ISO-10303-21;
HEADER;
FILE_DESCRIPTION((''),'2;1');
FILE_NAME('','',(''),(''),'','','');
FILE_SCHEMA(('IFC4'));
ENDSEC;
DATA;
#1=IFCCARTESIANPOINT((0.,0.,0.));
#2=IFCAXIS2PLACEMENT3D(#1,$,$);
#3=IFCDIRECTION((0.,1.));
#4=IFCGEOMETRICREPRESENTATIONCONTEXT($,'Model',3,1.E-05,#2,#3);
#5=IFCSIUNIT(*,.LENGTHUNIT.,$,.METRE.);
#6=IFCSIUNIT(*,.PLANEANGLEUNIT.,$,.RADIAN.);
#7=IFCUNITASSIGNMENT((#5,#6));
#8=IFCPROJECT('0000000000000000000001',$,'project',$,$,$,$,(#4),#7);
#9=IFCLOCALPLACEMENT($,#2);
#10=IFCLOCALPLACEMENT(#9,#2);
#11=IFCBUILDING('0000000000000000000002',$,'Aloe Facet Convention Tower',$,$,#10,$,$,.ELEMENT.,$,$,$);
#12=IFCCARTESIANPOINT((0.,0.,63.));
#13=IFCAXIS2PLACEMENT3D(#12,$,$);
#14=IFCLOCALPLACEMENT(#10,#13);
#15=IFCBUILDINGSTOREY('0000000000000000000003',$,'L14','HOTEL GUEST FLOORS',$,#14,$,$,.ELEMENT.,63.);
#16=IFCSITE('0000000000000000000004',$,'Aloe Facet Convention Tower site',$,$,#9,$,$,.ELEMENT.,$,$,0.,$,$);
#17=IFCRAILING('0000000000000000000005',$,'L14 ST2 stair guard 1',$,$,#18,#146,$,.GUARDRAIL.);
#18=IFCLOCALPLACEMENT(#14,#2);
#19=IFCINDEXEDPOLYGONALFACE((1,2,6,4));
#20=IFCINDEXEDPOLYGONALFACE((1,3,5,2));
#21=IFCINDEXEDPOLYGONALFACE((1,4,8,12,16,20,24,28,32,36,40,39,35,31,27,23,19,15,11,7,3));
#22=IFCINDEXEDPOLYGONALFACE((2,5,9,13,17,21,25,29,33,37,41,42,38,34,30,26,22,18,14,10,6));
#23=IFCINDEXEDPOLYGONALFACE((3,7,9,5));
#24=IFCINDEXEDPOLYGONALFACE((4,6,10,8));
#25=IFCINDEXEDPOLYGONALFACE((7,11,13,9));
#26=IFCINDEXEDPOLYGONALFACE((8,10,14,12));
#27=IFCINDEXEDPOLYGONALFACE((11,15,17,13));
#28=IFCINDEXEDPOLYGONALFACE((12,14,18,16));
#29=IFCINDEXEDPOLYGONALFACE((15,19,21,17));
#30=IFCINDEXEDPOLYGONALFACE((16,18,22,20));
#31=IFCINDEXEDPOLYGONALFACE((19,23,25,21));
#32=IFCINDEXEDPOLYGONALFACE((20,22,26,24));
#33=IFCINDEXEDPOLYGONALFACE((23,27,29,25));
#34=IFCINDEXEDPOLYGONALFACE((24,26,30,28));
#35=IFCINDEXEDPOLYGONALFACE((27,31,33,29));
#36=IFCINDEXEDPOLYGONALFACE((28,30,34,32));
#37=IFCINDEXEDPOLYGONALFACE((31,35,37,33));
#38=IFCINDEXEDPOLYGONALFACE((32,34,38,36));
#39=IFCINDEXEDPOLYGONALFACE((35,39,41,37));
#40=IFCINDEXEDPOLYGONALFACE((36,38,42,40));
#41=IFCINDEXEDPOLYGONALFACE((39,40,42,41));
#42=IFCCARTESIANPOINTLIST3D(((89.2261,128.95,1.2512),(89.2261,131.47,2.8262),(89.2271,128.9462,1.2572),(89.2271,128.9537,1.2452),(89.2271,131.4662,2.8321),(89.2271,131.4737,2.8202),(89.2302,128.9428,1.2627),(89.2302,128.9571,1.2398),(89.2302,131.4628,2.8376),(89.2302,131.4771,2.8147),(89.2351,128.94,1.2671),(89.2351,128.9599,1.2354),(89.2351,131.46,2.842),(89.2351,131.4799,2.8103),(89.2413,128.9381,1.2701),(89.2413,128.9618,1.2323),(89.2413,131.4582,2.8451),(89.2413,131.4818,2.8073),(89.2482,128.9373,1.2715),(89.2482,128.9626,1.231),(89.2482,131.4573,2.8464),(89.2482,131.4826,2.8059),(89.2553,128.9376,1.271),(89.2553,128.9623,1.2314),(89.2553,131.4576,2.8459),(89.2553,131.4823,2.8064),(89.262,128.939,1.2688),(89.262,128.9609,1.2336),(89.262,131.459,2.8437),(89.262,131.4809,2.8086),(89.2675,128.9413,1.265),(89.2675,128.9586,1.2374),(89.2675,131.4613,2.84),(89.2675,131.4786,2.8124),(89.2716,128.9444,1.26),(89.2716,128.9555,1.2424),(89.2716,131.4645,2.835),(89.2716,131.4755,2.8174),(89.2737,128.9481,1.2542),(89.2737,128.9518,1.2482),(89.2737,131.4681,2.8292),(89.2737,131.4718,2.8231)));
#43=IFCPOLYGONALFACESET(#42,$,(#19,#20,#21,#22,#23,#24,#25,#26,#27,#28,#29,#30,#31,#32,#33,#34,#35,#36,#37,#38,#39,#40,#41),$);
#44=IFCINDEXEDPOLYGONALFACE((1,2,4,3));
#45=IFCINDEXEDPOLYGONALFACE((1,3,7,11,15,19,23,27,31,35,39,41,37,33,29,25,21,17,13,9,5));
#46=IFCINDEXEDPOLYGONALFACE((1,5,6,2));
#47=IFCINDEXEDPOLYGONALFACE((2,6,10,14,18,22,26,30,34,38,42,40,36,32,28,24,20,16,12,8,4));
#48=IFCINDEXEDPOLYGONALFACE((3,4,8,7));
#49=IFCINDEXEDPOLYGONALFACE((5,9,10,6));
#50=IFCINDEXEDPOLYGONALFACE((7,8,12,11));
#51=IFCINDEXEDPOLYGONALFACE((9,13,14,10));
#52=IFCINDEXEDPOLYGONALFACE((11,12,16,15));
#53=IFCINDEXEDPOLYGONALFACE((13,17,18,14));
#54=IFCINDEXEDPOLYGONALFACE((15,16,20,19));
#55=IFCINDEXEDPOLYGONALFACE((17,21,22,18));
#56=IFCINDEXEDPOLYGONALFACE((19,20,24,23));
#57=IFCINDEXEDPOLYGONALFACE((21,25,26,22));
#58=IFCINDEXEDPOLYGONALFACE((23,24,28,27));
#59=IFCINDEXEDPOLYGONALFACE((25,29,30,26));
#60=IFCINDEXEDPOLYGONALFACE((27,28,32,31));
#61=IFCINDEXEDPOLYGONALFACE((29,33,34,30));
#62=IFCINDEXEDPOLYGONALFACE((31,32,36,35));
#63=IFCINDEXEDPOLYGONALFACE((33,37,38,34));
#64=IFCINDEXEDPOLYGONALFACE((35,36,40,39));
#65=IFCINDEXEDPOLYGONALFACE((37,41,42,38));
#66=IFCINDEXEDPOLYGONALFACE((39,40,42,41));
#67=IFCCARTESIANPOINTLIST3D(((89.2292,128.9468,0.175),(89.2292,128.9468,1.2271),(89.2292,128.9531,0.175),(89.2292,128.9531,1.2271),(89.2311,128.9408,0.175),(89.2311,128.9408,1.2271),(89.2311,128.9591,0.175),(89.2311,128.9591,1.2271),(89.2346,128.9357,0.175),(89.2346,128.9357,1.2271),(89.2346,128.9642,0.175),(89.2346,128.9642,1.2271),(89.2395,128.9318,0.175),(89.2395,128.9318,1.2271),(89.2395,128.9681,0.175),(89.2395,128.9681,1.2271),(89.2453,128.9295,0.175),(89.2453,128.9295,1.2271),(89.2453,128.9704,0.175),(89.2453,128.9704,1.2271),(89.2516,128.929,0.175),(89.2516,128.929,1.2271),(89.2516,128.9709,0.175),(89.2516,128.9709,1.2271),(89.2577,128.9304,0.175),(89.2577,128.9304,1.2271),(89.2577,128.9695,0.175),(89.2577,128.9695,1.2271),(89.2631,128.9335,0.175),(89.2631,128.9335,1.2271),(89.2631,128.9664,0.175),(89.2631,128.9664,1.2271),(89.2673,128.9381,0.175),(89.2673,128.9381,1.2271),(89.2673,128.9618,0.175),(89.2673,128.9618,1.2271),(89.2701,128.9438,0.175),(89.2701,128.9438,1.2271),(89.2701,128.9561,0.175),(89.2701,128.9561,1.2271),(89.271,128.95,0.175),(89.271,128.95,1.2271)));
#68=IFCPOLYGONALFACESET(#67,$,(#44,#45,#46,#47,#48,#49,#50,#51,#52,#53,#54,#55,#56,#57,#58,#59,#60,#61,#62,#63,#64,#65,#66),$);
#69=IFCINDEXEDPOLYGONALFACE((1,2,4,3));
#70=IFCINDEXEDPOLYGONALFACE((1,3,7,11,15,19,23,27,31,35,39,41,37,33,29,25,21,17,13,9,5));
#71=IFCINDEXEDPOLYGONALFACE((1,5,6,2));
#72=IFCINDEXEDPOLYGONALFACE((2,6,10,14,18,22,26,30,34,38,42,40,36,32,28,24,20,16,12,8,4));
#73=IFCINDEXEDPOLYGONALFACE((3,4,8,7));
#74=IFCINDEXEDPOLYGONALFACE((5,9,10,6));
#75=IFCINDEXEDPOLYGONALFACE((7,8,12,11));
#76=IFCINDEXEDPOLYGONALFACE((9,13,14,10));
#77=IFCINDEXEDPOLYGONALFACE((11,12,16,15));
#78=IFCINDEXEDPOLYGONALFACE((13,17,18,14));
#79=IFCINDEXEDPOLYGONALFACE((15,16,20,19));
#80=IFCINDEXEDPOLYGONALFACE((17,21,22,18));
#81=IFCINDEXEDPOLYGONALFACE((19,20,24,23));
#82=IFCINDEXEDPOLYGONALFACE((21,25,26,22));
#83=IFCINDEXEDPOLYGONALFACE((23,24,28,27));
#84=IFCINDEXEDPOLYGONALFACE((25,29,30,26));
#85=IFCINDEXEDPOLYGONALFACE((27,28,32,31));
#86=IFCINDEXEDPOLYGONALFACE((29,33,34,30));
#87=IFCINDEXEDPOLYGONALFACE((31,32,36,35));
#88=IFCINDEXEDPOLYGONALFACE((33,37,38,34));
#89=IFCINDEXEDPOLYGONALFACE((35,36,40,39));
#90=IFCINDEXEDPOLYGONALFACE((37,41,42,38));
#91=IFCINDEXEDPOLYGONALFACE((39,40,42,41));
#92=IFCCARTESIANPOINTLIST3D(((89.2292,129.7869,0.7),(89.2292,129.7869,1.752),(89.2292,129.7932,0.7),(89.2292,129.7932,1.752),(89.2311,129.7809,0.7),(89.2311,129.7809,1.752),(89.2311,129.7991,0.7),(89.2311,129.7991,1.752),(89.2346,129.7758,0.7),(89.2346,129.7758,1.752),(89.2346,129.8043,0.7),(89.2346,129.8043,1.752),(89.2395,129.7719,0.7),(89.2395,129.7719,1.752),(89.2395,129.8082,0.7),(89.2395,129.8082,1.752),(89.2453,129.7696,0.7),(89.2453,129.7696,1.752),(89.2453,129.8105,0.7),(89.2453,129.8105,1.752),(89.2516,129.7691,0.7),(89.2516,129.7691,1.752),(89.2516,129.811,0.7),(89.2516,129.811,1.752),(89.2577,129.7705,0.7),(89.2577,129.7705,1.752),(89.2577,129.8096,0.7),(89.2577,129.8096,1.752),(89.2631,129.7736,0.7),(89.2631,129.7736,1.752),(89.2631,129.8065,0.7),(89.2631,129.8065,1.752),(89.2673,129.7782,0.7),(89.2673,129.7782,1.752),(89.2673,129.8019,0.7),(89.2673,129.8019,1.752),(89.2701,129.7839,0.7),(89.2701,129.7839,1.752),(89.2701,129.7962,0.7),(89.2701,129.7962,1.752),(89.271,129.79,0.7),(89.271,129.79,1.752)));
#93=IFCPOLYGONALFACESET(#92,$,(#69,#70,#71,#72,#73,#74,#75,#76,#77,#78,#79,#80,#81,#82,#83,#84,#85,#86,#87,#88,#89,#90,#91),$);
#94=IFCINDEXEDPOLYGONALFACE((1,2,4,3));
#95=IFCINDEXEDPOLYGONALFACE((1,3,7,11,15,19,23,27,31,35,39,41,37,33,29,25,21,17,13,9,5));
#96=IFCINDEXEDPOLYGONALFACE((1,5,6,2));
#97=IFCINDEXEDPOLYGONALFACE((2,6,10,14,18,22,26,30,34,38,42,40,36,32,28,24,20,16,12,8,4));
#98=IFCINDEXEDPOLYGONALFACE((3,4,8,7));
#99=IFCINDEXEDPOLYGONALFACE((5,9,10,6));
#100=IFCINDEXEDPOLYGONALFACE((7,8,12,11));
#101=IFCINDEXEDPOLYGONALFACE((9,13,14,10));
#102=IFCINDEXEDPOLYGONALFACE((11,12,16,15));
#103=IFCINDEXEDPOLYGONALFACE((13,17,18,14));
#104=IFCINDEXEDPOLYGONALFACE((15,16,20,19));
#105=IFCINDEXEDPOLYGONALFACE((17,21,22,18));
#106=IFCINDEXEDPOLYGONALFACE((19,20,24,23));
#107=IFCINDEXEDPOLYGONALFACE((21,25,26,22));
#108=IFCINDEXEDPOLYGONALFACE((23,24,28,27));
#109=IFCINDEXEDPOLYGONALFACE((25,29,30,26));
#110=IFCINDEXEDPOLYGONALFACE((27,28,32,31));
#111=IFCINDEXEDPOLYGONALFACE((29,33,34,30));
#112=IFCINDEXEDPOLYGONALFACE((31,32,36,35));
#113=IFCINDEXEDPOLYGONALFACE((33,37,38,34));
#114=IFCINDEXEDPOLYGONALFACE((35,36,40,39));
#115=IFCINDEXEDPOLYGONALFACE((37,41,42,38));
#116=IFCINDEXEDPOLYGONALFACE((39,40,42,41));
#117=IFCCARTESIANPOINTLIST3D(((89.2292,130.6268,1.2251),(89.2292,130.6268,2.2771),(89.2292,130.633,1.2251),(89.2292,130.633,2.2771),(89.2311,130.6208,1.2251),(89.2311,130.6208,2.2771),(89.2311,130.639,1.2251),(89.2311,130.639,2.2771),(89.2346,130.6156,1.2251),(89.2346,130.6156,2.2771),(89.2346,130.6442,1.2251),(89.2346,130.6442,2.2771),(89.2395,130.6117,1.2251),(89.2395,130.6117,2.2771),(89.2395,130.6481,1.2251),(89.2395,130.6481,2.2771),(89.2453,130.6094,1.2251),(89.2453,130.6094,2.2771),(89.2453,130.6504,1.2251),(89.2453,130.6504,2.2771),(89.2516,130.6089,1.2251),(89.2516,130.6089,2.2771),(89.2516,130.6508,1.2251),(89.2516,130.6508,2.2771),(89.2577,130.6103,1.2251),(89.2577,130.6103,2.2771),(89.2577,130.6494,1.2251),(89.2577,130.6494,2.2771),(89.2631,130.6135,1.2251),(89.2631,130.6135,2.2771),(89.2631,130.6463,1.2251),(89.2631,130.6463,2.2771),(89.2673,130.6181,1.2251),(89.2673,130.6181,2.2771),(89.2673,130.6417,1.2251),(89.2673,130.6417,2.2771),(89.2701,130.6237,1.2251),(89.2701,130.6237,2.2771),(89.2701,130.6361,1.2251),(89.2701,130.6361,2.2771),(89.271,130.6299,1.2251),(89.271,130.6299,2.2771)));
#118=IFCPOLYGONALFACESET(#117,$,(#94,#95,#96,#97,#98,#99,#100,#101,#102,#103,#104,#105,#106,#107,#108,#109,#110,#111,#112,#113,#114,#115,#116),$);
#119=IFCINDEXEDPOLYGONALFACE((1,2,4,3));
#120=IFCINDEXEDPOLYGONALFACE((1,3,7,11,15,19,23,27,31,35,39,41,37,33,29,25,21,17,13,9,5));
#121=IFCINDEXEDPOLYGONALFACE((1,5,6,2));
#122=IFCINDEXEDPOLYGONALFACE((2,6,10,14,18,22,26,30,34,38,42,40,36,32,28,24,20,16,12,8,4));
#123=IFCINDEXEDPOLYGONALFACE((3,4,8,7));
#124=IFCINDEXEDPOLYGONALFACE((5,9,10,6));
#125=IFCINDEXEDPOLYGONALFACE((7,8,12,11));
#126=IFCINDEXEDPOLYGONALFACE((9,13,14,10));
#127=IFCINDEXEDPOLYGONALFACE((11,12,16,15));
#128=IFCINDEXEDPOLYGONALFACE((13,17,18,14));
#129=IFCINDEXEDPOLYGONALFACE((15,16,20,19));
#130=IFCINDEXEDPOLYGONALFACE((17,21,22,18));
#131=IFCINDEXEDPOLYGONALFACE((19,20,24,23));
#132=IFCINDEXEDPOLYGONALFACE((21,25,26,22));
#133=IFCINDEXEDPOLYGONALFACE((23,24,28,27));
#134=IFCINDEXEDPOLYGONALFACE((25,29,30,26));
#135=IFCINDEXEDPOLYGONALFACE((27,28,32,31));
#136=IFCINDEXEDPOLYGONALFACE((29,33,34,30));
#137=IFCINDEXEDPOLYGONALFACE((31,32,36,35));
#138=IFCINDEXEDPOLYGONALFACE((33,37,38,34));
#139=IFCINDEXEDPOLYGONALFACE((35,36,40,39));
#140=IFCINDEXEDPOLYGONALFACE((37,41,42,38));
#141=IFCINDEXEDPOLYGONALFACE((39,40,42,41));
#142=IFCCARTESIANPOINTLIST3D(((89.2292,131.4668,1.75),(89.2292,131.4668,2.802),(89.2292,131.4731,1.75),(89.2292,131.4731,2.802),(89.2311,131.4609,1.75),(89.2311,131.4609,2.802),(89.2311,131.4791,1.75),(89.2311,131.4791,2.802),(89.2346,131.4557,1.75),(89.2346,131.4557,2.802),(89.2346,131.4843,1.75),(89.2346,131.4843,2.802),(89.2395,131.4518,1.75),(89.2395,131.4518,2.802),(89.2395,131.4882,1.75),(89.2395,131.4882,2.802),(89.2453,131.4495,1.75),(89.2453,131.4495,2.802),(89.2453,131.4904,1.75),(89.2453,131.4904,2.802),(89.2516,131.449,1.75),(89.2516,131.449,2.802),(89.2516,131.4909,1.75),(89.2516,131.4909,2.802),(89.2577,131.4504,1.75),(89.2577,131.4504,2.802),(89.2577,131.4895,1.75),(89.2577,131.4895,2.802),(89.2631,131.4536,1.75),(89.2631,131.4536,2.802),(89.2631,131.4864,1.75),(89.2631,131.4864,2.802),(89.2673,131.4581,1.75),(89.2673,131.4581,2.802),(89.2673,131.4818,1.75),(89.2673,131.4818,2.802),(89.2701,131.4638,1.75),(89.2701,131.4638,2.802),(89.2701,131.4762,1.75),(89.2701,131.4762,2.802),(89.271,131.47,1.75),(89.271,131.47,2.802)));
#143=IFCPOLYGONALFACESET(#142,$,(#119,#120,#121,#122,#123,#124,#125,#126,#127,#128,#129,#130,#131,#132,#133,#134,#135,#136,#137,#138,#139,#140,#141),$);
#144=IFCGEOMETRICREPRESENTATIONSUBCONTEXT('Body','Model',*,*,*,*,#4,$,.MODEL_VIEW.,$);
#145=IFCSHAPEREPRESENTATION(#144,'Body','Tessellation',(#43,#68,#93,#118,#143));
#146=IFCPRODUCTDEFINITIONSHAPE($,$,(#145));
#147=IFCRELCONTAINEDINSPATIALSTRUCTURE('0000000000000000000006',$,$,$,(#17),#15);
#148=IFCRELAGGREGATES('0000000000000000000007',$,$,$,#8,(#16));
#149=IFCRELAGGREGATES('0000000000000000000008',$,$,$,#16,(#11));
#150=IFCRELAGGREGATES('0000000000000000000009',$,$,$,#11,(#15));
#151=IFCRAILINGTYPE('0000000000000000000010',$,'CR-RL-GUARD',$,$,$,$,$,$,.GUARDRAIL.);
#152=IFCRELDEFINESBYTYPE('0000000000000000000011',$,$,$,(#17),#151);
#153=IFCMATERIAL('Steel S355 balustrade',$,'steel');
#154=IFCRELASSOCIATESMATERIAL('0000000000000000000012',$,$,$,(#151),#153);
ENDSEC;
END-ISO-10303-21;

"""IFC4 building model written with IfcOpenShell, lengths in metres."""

from ifc_helpers import new_model, si_unit, direction, frame, origin, origin_2d, place, context, subcontext, project, spatial, circle, extrude, material, type_object, element, save


model = new_model("IFC4")

# Units and contexts
model_context = context("Model", 3, precision=1e-05, world=origin(), true_north=direction((0.0, 1.0)))
body_context = subcontext(model_context, "Body", "Model", "MODEL_VIEW")
ifc_project = project(units=[si_unit("LENGTHUNIT", "METRE"), si_unit("PLANEANGLEUNIT", "RADIAN")], contexts=[model_context])

# Site, building, storey
site_placement = place(None, origin())
site = spatial("IfcSite", under=ifc_project, at=site_placement, Name="Aloe Facet Convention Tower site", CompositionType="ELEMENT", RefElevation=0.0)
building_placement = place(site_placement, origin())
building = spatial("IfcBuilding", under=site, at=building_placement, Name="Aloe Facet Convention Tower", CompositionType="ELEMENT")
storey_placement = place(building_placement, frame((0.0, 0.0, 63.0)))
storey = spatial("IfcBuildingStorey", under=building, at=storey_placement, Name="L14", Description="HOTEL GUEST FLOORS", CompositionType="ELEMENT", Elevation=63.0)

# Railing
ifc_material_1 = material(Name="Steel S355 balustrade", Category="steel")
railing_type_1 = type_object("IfcRailingType", Name="CR-RL-GUARD", PredefinedType="GUARDRAIL", material=ifc_material_1)
railing_1_placement = place(storey_placement, frame((89.25, 128.95, 0.175)))
element("IfcRailing", 1, at=railing_1_placement, inside=storey, type_object=railing_type_1, Name="L14 ST2 stair guard 1", PredefinedType="GUARDRAIL", context=body_context, shape_type="SweptSolid", body=[
    extrude(circle(Radius=0.0239, at=origin_2d()), frame((0.0, 0.0, 1.0762), z_axis=(0.0, 0.848008, 0.529984), x_axis=(-1.0, 0.0, 0.0)), (0.0, 0.0, 1.0), 2.9717),
    extrude(circle(Radius=0.021, at=origin_2d()), origin(), (0.0, 0.0, 1.0), 1.052),
    extrude(circle(Radius=0.021, at=origin_2d()), frame((0.0, 0.8401, 0.5249)), (0.0, 0.0, 1.0), 1.052),
    extrude(circle(Radius=0.021, at=origin_2d()), frame((0.0, 1.6799, 1.05)), (0.0, 0.0, 1.0), 1.052),
    extrude(circle(Radius=0.021, at=origin_2d()), frame((0.0, 2.52, 1.575)), (0.0, 0.0, 1.0), 1.052),
])

save(model, "model.ifc")
